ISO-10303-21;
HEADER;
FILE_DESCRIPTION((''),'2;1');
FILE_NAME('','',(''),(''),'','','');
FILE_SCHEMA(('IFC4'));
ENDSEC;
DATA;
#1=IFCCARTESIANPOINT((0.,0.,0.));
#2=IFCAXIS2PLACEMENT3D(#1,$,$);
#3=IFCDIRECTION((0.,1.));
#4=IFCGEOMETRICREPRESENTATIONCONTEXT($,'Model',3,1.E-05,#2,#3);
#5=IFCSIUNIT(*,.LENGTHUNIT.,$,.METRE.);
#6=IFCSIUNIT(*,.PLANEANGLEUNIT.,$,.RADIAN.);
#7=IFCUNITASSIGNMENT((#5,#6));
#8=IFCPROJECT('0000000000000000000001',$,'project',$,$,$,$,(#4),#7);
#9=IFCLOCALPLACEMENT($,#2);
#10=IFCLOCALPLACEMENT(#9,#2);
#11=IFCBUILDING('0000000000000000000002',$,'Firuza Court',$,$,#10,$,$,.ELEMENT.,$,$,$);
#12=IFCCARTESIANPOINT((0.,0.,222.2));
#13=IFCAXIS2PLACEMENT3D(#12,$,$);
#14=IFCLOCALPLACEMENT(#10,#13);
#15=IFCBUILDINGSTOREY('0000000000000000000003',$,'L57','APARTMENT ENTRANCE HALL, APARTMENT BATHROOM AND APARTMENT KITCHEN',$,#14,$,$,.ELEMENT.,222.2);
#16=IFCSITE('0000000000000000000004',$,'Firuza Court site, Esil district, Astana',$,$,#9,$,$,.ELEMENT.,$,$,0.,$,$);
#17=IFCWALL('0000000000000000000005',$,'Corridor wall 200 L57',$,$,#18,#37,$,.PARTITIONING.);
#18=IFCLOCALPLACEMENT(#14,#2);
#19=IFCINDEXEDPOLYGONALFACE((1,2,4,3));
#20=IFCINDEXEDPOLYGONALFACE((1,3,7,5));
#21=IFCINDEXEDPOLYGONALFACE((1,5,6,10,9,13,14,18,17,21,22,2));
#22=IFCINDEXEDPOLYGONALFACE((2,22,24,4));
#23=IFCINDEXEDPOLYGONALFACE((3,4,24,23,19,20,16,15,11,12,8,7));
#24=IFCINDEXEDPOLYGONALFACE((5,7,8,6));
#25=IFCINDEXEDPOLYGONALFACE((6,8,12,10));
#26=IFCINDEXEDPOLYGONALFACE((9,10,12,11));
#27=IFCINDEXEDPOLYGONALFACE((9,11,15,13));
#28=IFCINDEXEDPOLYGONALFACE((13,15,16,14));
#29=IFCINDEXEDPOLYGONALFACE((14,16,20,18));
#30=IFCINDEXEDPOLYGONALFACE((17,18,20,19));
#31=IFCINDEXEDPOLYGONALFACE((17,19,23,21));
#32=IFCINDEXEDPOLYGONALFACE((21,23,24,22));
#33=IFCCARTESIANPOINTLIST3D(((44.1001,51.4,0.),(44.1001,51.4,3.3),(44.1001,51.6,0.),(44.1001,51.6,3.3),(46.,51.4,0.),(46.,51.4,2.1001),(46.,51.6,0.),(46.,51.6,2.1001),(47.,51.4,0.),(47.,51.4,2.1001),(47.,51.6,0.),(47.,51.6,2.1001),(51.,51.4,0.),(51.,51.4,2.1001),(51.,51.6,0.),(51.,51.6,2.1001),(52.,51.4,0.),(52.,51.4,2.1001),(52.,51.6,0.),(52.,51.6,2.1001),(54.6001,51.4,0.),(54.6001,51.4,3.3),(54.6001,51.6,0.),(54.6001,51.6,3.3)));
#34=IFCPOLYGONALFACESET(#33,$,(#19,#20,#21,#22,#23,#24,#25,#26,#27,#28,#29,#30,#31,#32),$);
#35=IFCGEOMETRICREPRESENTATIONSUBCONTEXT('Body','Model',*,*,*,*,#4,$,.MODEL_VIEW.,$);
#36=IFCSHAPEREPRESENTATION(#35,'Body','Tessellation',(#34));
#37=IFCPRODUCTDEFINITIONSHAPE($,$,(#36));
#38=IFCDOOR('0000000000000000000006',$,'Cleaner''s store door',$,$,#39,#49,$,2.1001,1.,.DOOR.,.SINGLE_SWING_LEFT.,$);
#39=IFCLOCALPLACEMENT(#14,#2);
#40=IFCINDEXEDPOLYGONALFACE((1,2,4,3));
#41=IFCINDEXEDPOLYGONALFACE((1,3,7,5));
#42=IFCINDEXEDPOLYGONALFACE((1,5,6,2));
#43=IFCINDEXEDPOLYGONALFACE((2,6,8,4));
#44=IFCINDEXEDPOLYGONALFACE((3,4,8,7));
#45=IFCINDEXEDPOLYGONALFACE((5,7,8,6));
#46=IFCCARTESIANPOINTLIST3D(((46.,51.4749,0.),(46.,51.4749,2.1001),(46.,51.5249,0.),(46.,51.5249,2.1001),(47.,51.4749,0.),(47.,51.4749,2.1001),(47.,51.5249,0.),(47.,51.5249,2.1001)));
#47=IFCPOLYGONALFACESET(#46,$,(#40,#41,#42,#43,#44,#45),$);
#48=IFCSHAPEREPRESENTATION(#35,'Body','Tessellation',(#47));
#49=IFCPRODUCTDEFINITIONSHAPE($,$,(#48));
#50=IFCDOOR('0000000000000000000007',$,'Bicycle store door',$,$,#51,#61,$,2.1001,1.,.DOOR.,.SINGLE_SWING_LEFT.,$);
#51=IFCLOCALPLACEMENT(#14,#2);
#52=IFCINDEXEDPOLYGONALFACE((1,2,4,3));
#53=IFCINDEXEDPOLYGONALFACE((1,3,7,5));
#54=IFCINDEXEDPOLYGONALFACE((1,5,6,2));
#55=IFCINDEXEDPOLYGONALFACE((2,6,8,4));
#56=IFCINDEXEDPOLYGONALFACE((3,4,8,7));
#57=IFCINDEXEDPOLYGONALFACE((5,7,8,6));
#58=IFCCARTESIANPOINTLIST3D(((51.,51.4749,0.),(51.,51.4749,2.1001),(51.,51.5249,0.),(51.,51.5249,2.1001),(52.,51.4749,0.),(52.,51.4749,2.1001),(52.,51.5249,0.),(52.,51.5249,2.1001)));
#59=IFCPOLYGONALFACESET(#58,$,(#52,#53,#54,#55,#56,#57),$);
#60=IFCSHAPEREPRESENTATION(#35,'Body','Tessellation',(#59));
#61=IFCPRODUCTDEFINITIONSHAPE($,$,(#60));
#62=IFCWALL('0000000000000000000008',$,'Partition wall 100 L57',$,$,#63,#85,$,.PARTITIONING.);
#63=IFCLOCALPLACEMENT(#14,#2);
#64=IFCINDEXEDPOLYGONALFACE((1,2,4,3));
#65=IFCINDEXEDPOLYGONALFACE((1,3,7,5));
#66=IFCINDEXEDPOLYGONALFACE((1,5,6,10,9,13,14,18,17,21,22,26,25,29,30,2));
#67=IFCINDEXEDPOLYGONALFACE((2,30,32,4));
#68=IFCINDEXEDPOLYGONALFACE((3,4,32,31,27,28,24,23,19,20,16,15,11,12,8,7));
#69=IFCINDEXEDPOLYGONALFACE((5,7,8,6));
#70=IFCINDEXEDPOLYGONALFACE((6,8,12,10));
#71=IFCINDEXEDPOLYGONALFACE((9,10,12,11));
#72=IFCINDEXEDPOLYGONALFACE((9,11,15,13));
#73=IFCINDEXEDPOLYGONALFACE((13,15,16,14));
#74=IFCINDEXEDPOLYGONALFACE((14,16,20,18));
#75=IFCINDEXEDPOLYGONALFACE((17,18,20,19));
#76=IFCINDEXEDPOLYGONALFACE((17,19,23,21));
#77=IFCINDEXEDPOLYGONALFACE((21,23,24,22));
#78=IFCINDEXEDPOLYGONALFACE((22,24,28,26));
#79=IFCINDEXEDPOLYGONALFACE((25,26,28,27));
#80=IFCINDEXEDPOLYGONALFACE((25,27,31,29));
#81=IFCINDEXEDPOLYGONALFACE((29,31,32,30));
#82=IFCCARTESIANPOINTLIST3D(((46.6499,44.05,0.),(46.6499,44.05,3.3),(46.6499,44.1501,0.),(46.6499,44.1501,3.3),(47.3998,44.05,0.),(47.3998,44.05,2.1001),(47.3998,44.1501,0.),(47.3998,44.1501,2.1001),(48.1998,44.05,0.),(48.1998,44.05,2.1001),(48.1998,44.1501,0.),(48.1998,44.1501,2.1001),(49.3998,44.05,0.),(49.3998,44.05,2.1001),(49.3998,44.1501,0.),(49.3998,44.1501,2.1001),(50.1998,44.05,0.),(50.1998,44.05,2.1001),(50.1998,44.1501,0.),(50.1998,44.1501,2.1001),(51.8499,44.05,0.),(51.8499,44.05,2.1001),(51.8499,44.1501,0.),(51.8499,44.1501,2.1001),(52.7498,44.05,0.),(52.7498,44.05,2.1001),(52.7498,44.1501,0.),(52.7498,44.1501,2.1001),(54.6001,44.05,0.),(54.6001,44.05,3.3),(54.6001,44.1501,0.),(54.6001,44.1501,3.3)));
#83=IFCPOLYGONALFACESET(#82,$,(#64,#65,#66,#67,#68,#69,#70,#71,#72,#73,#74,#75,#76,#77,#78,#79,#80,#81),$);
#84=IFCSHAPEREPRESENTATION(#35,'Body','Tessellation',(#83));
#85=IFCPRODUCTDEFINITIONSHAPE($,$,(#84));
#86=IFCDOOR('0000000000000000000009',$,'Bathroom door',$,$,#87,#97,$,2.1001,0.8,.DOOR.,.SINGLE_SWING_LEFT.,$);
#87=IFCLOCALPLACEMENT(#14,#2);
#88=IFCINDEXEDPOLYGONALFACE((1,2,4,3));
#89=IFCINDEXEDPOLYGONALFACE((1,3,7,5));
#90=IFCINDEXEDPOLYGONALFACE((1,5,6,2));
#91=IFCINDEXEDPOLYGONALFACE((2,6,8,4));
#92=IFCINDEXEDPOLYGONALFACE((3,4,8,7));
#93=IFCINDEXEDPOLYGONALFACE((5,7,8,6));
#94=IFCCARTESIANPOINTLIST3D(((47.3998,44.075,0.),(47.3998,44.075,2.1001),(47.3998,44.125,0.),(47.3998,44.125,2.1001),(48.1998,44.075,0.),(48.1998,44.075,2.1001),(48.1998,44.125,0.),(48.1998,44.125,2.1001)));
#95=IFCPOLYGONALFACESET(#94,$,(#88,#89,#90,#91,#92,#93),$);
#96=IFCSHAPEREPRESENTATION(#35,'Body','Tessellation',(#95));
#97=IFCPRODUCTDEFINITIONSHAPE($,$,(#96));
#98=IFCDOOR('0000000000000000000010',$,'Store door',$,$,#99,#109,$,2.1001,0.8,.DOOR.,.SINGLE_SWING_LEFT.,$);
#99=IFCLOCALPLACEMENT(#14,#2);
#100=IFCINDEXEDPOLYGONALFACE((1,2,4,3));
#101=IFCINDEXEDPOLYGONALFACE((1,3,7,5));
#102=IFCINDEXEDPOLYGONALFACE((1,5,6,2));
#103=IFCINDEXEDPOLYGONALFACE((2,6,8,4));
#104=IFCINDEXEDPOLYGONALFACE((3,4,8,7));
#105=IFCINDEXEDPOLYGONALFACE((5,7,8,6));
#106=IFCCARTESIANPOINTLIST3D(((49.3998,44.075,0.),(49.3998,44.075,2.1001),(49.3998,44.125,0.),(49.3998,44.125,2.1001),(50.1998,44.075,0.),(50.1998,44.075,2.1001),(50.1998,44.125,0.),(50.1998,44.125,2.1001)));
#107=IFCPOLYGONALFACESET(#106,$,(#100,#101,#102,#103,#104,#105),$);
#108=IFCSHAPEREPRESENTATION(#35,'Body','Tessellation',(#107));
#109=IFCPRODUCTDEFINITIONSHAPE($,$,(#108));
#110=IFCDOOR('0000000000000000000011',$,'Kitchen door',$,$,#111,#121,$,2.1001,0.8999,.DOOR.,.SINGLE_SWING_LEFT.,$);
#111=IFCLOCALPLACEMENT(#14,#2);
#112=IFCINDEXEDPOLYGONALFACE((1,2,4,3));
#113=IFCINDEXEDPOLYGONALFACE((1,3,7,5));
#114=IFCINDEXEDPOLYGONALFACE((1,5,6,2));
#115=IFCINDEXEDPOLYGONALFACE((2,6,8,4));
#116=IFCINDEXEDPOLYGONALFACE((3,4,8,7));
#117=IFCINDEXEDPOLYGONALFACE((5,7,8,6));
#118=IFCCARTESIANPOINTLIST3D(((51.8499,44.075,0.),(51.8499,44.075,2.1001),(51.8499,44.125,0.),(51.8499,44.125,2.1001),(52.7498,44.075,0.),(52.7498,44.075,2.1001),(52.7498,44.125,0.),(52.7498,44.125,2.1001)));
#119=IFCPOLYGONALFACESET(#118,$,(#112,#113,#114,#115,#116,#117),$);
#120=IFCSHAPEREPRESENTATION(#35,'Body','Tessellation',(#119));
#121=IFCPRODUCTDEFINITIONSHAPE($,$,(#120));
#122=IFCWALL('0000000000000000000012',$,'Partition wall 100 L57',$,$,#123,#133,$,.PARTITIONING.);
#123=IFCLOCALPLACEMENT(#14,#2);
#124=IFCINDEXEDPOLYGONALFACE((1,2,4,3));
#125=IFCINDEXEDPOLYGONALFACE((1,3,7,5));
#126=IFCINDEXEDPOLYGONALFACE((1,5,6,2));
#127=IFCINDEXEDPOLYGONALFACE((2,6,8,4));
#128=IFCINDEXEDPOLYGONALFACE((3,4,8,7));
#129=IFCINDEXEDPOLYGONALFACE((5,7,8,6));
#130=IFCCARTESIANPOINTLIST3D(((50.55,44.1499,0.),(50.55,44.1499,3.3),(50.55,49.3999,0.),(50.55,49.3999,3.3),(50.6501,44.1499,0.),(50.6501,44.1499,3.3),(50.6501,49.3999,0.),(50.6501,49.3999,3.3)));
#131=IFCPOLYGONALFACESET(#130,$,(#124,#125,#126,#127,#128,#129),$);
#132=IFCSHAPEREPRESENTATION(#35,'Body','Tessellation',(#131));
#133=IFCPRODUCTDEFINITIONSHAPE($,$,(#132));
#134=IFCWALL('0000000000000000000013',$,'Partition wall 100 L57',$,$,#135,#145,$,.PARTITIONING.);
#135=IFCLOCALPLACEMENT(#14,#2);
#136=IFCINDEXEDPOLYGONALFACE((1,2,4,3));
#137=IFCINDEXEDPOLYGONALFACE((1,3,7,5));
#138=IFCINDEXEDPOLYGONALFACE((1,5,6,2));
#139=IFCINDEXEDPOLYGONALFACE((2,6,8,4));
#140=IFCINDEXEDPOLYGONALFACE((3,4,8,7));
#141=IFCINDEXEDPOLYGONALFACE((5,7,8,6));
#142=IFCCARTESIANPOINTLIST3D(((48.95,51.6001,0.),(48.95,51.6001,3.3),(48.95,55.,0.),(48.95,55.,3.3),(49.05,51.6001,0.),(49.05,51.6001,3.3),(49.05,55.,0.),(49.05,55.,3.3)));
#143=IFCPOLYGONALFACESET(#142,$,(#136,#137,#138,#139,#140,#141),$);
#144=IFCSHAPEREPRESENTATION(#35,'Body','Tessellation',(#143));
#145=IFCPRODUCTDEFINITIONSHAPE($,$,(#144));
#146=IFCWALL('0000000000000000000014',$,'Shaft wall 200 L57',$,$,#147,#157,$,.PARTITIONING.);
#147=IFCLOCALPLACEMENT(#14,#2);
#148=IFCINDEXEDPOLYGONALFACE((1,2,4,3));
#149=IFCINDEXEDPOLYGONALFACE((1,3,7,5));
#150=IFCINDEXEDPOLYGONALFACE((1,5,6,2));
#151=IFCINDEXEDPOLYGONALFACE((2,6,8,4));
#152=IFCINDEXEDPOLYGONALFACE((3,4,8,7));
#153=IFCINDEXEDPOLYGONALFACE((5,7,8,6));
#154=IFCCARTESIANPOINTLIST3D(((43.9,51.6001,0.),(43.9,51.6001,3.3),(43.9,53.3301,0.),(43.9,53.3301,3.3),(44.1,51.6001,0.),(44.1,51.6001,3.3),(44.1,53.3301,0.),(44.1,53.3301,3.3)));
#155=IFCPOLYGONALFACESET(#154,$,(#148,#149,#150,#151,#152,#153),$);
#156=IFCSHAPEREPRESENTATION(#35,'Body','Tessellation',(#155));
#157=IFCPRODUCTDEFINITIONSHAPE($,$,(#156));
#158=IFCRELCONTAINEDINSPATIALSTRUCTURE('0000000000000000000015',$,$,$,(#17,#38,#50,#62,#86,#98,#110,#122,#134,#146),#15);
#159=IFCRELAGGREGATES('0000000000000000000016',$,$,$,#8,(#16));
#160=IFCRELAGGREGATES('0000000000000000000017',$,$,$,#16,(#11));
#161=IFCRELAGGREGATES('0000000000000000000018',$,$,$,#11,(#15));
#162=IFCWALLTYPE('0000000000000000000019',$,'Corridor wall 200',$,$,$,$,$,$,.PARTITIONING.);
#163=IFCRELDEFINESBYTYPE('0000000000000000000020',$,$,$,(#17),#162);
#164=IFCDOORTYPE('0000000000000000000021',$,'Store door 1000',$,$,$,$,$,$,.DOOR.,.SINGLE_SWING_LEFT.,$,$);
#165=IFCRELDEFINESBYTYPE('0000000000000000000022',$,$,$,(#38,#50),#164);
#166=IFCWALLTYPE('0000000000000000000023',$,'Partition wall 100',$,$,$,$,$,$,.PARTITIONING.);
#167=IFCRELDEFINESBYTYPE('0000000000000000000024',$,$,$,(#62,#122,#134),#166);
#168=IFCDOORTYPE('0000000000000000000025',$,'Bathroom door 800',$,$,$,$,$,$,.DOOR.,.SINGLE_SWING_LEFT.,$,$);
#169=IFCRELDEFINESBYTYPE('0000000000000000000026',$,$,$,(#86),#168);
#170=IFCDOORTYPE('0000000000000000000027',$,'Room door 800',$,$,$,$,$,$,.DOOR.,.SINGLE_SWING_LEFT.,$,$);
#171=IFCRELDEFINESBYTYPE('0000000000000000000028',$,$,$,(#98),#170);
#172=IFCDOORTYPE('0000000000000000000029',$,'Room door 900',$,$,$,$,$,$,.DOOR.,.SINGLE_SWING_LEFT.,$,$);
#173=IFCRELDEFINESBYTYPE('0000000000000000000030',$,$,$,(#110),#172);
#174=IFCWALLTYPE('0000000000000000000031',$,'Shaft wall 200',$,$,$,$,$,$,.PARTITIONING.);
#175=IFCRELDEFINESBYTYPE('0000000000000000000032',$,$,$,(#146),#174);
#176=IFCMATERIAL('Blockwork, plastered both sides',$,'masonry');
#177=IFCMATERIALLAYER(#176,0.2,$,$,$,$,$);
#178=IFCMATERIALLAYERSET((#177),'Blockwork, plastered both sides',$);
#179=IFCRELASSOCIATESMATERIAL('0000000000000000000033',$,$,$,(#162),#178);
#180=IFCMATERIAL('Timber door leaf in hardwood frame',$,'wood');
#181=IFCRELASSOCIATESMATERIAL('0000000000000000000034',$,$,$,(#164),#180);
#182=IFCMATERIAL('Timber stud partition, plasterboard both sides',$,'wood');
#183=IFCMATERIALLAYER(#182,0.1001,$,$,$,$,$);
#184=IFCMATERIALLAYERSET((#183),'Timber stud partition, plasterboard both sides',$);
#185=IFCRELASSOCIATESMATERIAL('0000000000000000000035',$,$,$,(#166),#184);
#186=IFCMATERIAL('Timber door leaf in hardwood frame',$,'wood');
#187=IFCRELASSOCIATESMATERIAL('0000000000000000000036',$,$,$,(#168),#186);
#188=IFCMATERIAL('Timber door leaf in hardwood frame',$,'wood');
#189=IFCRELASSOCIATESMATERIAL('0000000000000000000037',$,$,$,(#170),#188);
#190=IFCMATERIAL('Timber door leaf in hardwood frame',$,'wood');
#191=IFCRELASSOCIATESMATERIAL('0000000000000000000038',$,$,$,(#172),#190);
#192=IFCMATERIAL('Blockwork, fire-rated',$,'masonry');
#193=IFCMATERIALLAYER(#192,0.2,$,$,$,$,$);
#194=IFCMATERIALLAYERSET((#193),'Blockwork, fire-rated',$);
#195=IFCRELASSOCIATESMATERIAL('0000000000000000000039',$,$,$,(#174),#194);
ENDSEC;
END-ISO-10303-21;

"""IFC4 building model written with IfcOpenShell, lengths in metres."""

from ifc_helpers import new_model, si_unit, direction, frame, frame_2d, origin, place, context, subcontext, project, spatial, rectangle, extrude, material, layer, layer_set, type_object, element, fill, save


model = new_model("IFC4")

# Units and contexts
model_context = context("Model", 3, precision=1e-05, world=origin(), true_north=direction((0.0, 1.0)))
body_context = subcontext(model_context, "Body", "Model", "MODEL_VIEW")
ifc_project = project(units=[si_unit("LENGTHUNIT", "METRE"), si_unit("PLANEANGLEUNIT", "RADIAN")], contexts=[model_context])

# Site, building, storey
site_placement = place(None, origin())
site = spatial("IfcSite", under=ifc_project, at=site_placement, Name="Firuza Court site, Esil district, Astana", CompositionType="ELEMENT", RefElevation=0.0)
building_placement = place(site_placement, origin())
building = spatial("IfcBuilding", under=site, at=building_placement, Name="Firuza Court", CompositionType="ELEMENT")
storey_placement = place(building_placement, frame((0.0, 0.0, 222.2)))
storey = spatial("IfcBuildingStorey", under=building, at=storey_placement, Name="L57", Description="APARTMENT ENTRANCE HALL, APARTMENT BATHROOM AND APARTMENT KITCHEN", CompositionType="ELEMENT", Elevation=222.2)

# Walls, openings, doors
ifc_material_1 = material(Name="Blockwork, plastered both sides", Category="masonry")
ifc_layer_1 = layer(ifc_material_1, 0.2)
ifc_layer_set_1 = layer_set([ifc_layer_1], Name="Blockwork, plastered both sides")
wall_type_1 = type_object("IfcWallType", Name="Corridor wall 200", PredefinedType="PARTITIONING", material=ifc_layer_set_1)
wall_1_placement = place(storey_placement, frame((44.1001, 51.5, 0.0), z_axis=(0.0, 0.0, 1.0), x_axis=(1.0, 0.0, 0.0)))
wall_1 = element("IfcWall", 1, at=wall_1_placement, inside=storey, type_object=wall_type_1, Name="Corridor wall 200 L57", PredefinedType="PARTITIONING", context=body_context, shape_type="SweptSolid", body=[
    extrude(rectangle(XDim=10.5, YDim=0.2, at=frame_2d((5.25, 0.0))), origin(), (0.0, 0.0, 1.0), 3.3),
])
opening_1_placement = place(wall_1_placement, frame((1.8999, 0.0, 0.0)))
opening_1 = element("IfcOpeningElement", 2, at=opening_1_placement, cuts=wall_1, PredefinedType="OPENING", context=body_context, shape_type="SweptSolid", body=[
    extrude(rectangle(XDim=1.0, YDim=2.1001, at=frame_2d((0.5, 1.05))), frame((0.0, 0.1118, 0.0), z_axis=(0.0, -1.0, 0.0), x_axis=(1.0, 0.0, 0.0)), (0.0, 0.0, 1.0), 0.2239),
])
opening_2_placement = place(wall_1_placement, frame((6.8999, 0.0, 0.0)))
opening_2 = element("IfcOpeningElement", 3, at=opening_2_placement, cuts=wall_1, PredefinedType="OPENING", context=body_context, shape_type="SweptSolid", body=[
    extrude(rectangle(XDim=1.0, YDim=2.1001, at=frame_2d((0.5, 1.05))), frame((0.0, 0.1118, 0.0), z_axis=(0.0, -1.0, 0.0), x_axis=(1.0, 0.0, 0.0)), (0.0, 0.0, 1.0), 0.2239),
])
ifc_material_2 = material(Name="Timber door leaf in hardwood frame", Category="wood")
door_type_1 = type_object("IfcDoorType", Name="Store door 1000", OperationType="SINGLE_SWING_LEFT", PredefinedType="DOOR", material=ifc_material_2)
door_1_placement = place(opening_1_placement, origin())
door_1 = element("IfcDoor", 4, at=door_1_placement, inside=storey, type_object=door_type_1, Name="Cleaner's store door", OperationType="SINGLE_SWING_LEFT", OverallHeight=2.1001, OverallWidth=1.0, PredefinedType="DOOR", context=body_context, shape_type="SweptSolid", body=[
    extrude(rectangle(XDim=1.0, YDim=2.1001, at=frame_2d((0.5, 1.05))), frame((0.0, 0.0249, 0.0), z_axis=(0.0, -1.0, 0.0), x_axis=(1.0, 0.0, 0.0)), (0.0, 0.0, 1.0), 0.05),
])
fill(opening_1, door_1)
door_2_placement = place(opening_2_placement, origin())
door_2 = element("IfcDoor", 5, at=door_2_placement, inside=storey, type_object=door_type_1, Name="Bicycle store door", OperationType="SINGLE_SWING_LEFT", OverallHeight=2.1001, OverallWidth=1.0, PredefinedType="DOOR", context=body_context, shape_type="SweptSolid", body=[
    extrude(rectangle(XDim=1.0, YDim=2.1001, at=frame_2d((0.5, 1.05))), frame((0.0, 0.0249, 0.0), z_axis=(0.0, -1.0, 0.0), x_axis=(1.0, 0.0, 0.0)), (0.0, 0.0, 1.0), 0.05),
])
fill(opening_2, door_2)
ifc_material_3 = material(Name="Timber stud partition, plasterboard both sides", Category="wood")
ifc_layer_2 = layer(ifc_material_3, 0.1001)
ifc_layer_set_2 = layer_set([ifc_layer_2], Name="Timber stud partition, plasterboard both sides")
wall_type_2 = type_object("IfcWallType", Name="Partition wall 100", PredefinedType="PARTITIONING", material=ifc_layer_set_2)
wall_2_placement = place(storey_placement, frame((46.6499, 44.1001, 0.0), z_axis=(0.0, 0.0, 1.0), x_axis=(1.0, 0.0, 0.0)))
wall_2 = element("IfcWall", 6, at=wall_2_placement, inside=storey, type_object=wall_type_2, Name="Partition wall 100 L57", PredefinedType="PARTITIONING", context=body_context, shape_type="SweptSolid", body=[
    extrude(rectangle(XDim=7.9502, YDim=0.1001, at=frame_2d((3.9751, 0.0))), origin(), (0.0, 0.0, 1.0), 3.3),
])
opening_3_placement = place(wall_2_placement, frame((0.75, 0.0, 0.0)))
opening_3 = element("IfcOpeningElement", 7, at=opening_3_placement, cuts=wall_2, PredefinedType="OPENING", context=body_context, shape_type="SweptSolid", body=[
    extrude(rectangle(XDim=0.8, YDim=2.1001, at=frame_2d((0.3999, 1.05))), frame((0.0, 0.062, 0.0), z_axis=(0.0, -1.0, 0.0), x_axis=(1.0, 0.0, 0.0)), (0.0, 0.0, 1.0), 0.124),
])
opening_4_placement = place(wall_2_placement, frame((5.2, 0.0, 0.0)))
opening_4 = element("IfcOpeningElement", 8, at=opening_4_placement, cuts=wall_2, PredefinedType="OPENING", context=body_context, shape_type="SweptSolid", body=[
    extrude(rectangle(XDim=0.8999, YDim=2.1001, at=frame_2d((0.45, 1.05))), frame((0.0, 0.062, 0.0), z_axis=(0.0, -1.0, 0.0), x_axis=(1.0, 0.0, 0.0)), (0.0, 0.0, 1.0), 0.124),
])
opening_5_placement = place(wall_2_placement, frame((2.75, 0.0, 0.0)))
opening_5 = element("IfcOpeningElement", 9, at=opening_5_placement, cuts=wall_2, PredefinedType="OPENING", context=body_context, shape_type="SweptSolid", body=[
    extrude(rectangle(XDim=0.8, YDim=2.1001, at=frame_2d((0.3999, 1.05))), frame((0.0, 0.062, 0.0), z_axis=(0.0, -1.0, 0.0), x_axis=(1.0, 0.0, 0.0)), (0.0, 0.0, 1.0), 0.124),
])
ifc_material_4 = material(Name="Timber door leaf in hardwood frame", Category="wood")
door_type_2 = type_object("IfcDoorType", Name="Bathroom door 800", OperationType="SINGLE_SWING_LEFT", PredefinedType="DOOR", material=ifc_material_4)
door_3_placement = place(opening_3_placement, origin())
door_3 = element("IfcDoor", 10, at=door_3_placement, inside=storey, type_object=door_type_2, Name="Bathroom door", OperationType="SINGLE_SWING_LEFT", OverallHeight=2.1001, OverallWidth=0.8, PredefinedType="DOOR", context=body_context, shape_type="SweptSolid", body=[
    extrude(rectangle(XDim=0.8, YDim=2.1001, at=frame_2d((0.3999, 1.05))), frame((0.0, 0.0249, 0.0), z_axis=(0.0, -1.0, 0.0), x_axis=(1.0, 0.0, 0.0)), (0.0, 0.0, 1.0), 0.05),
])
fill(opening_3, door_3)
ifc_material_5 = material(Name="Timber door leaf in hardwood frame", Category="wood")
door_type_3 = type_object("IfcDoorType", Name="Room door 800", OperationType="SINGLE_SWING_LEFT", PredefinedType="DOOR", material=ifc_material_5)
door_4_placement = place(opening_5_placement, origin())
door_4 = element("IfcDoor", 11, at=door_4_placement, inside=storey, type_object=door_type_3, Name="Store door", OperationType="SINGLE_SWING_LEFT", OverallHeight=2.1001, OverallWidth=0.8, PredefinedType="DOOR", context=body_context, shape_type="SweptSolid", body=[
    extrude(rectangle(XDim=0.8, YDim=2.1001, at=frame_2d((0.3999, 1.05))), frame((0.0, 0.0249, 0.0), z_axis=(0.0, -1.0, 0.0), x_axis=(1.0, 0.0, 0.0)), (0.0, 0.0, 1.0), 0.05),
])
fill(opening_5, door_4)
ifc_material_6 = material(Name="Timber door leaf in hardwood frame", Category="wood")
door_type_4 = type_object("IfcDoorType", Name="Room door 900", OperationType="SINGLE_SWING_LEFT", PredefinedType="DOOR", material=ifc_material_6)
door_5_placement = place(opening_4_placement, origin())
door_5 = element("IfcDoor", 12, at=door_5_placement, inside=storey, type_object=door_type_4, Name="Kitchen door", OperationType="SINGLE_SWING_LEFT", OverallHeight=2.1001, OverallWidth=0.8999, PredefinedType="DOOR", context=body_context, shape_type="SweptSolid", body=[
    extrude(rectangle(XDim=0.8999, YDim=2.1001, at=frame_2d((0.45, 1.05))), frame((0.0, 0.0249, 0.0), z_axis=(0.0, -1.0, 0.0), x_axis=(1.0, 0.0, 0.0)), (0.0, 0.0, 1.0), 0.05),
])
fill(opening_4, door_5)

# Walls
wall_3_placement = place(storey_placement, frame((50.6001, 44.1499, 0.0), z_axis=(0.0, 0.0, 1.0), x_axis=(0.0, 1.0, 0.0)))
element("IfcWall", 13, at=wall_3_placement, inside=storey, type_object=wall_type_2, Name="Partition wall 100 L57", PredefinedType="PARTITIONING", context=body_context, shape_type="SweptSolid", body=[
    extrude(rectangle(XDim=5.25, YDim=0.1001, at=frame_2d((2.625, 0.0))), origin(), (0.0, 0.0, 1.0), 3.3),
])
wall_4_placement = place(storey_placement, frame((49.0, 51.6001, 0.0), z_axis=(0.0, 0.0, 1.0), x_axis=(0.0, 1.0, 0.0)))
element("IfcWall", 14, at=wall_4_placement, inside=storey, type_object=wall_type_2, Name="Partition wall 100 L57", PredefinedType="PARTITIONING", context=body_context, shape_type="SweptSolid", body=[
    extrude(rectangle(XDim=3.3999, YDim=0.1001, at=frame_2d((1.7, 0.0))), origin(), (0.0, 0.0, 1.0), 3.3),
])
ifc_material_7 = material(Name="Blockwork, fire-rated", Category="masonry")
ifc_layer_3 = layer(ifc_material_7, 0.2)
ifc_layer_set_3 = layer_set([ifc_layer_3], Name="Blockwork, fire-rated")
wall_type_3 = type_object("IfcWallType", Name="Shaft wall 200", PredefinedType="PARTITIONING", material=ifc_layer_set_3)
wall_5_placement = place(storey_placement, frame((44.0, 51.6001, 0.0), z_axis=(0.0, 0.0, 1.0), x_axis=(0.0, 1.0, 0.0)))
element("IfcWall", 15, at=wall_5_placement, inside=storey, type_object=wall_type_3, Name="Shaft wall 200 L57", PredefinedType="PARTITIONING", context=body_context, shape_type="SweptSolid", body=[
    extrude(rectangle(XDim=1.73, YDim=0.2, at=frame_2d((0.865, 0.0))), origin(), (0.0, 0.0, 1.0), 3.3),
])

save(model, "model.ifc")
